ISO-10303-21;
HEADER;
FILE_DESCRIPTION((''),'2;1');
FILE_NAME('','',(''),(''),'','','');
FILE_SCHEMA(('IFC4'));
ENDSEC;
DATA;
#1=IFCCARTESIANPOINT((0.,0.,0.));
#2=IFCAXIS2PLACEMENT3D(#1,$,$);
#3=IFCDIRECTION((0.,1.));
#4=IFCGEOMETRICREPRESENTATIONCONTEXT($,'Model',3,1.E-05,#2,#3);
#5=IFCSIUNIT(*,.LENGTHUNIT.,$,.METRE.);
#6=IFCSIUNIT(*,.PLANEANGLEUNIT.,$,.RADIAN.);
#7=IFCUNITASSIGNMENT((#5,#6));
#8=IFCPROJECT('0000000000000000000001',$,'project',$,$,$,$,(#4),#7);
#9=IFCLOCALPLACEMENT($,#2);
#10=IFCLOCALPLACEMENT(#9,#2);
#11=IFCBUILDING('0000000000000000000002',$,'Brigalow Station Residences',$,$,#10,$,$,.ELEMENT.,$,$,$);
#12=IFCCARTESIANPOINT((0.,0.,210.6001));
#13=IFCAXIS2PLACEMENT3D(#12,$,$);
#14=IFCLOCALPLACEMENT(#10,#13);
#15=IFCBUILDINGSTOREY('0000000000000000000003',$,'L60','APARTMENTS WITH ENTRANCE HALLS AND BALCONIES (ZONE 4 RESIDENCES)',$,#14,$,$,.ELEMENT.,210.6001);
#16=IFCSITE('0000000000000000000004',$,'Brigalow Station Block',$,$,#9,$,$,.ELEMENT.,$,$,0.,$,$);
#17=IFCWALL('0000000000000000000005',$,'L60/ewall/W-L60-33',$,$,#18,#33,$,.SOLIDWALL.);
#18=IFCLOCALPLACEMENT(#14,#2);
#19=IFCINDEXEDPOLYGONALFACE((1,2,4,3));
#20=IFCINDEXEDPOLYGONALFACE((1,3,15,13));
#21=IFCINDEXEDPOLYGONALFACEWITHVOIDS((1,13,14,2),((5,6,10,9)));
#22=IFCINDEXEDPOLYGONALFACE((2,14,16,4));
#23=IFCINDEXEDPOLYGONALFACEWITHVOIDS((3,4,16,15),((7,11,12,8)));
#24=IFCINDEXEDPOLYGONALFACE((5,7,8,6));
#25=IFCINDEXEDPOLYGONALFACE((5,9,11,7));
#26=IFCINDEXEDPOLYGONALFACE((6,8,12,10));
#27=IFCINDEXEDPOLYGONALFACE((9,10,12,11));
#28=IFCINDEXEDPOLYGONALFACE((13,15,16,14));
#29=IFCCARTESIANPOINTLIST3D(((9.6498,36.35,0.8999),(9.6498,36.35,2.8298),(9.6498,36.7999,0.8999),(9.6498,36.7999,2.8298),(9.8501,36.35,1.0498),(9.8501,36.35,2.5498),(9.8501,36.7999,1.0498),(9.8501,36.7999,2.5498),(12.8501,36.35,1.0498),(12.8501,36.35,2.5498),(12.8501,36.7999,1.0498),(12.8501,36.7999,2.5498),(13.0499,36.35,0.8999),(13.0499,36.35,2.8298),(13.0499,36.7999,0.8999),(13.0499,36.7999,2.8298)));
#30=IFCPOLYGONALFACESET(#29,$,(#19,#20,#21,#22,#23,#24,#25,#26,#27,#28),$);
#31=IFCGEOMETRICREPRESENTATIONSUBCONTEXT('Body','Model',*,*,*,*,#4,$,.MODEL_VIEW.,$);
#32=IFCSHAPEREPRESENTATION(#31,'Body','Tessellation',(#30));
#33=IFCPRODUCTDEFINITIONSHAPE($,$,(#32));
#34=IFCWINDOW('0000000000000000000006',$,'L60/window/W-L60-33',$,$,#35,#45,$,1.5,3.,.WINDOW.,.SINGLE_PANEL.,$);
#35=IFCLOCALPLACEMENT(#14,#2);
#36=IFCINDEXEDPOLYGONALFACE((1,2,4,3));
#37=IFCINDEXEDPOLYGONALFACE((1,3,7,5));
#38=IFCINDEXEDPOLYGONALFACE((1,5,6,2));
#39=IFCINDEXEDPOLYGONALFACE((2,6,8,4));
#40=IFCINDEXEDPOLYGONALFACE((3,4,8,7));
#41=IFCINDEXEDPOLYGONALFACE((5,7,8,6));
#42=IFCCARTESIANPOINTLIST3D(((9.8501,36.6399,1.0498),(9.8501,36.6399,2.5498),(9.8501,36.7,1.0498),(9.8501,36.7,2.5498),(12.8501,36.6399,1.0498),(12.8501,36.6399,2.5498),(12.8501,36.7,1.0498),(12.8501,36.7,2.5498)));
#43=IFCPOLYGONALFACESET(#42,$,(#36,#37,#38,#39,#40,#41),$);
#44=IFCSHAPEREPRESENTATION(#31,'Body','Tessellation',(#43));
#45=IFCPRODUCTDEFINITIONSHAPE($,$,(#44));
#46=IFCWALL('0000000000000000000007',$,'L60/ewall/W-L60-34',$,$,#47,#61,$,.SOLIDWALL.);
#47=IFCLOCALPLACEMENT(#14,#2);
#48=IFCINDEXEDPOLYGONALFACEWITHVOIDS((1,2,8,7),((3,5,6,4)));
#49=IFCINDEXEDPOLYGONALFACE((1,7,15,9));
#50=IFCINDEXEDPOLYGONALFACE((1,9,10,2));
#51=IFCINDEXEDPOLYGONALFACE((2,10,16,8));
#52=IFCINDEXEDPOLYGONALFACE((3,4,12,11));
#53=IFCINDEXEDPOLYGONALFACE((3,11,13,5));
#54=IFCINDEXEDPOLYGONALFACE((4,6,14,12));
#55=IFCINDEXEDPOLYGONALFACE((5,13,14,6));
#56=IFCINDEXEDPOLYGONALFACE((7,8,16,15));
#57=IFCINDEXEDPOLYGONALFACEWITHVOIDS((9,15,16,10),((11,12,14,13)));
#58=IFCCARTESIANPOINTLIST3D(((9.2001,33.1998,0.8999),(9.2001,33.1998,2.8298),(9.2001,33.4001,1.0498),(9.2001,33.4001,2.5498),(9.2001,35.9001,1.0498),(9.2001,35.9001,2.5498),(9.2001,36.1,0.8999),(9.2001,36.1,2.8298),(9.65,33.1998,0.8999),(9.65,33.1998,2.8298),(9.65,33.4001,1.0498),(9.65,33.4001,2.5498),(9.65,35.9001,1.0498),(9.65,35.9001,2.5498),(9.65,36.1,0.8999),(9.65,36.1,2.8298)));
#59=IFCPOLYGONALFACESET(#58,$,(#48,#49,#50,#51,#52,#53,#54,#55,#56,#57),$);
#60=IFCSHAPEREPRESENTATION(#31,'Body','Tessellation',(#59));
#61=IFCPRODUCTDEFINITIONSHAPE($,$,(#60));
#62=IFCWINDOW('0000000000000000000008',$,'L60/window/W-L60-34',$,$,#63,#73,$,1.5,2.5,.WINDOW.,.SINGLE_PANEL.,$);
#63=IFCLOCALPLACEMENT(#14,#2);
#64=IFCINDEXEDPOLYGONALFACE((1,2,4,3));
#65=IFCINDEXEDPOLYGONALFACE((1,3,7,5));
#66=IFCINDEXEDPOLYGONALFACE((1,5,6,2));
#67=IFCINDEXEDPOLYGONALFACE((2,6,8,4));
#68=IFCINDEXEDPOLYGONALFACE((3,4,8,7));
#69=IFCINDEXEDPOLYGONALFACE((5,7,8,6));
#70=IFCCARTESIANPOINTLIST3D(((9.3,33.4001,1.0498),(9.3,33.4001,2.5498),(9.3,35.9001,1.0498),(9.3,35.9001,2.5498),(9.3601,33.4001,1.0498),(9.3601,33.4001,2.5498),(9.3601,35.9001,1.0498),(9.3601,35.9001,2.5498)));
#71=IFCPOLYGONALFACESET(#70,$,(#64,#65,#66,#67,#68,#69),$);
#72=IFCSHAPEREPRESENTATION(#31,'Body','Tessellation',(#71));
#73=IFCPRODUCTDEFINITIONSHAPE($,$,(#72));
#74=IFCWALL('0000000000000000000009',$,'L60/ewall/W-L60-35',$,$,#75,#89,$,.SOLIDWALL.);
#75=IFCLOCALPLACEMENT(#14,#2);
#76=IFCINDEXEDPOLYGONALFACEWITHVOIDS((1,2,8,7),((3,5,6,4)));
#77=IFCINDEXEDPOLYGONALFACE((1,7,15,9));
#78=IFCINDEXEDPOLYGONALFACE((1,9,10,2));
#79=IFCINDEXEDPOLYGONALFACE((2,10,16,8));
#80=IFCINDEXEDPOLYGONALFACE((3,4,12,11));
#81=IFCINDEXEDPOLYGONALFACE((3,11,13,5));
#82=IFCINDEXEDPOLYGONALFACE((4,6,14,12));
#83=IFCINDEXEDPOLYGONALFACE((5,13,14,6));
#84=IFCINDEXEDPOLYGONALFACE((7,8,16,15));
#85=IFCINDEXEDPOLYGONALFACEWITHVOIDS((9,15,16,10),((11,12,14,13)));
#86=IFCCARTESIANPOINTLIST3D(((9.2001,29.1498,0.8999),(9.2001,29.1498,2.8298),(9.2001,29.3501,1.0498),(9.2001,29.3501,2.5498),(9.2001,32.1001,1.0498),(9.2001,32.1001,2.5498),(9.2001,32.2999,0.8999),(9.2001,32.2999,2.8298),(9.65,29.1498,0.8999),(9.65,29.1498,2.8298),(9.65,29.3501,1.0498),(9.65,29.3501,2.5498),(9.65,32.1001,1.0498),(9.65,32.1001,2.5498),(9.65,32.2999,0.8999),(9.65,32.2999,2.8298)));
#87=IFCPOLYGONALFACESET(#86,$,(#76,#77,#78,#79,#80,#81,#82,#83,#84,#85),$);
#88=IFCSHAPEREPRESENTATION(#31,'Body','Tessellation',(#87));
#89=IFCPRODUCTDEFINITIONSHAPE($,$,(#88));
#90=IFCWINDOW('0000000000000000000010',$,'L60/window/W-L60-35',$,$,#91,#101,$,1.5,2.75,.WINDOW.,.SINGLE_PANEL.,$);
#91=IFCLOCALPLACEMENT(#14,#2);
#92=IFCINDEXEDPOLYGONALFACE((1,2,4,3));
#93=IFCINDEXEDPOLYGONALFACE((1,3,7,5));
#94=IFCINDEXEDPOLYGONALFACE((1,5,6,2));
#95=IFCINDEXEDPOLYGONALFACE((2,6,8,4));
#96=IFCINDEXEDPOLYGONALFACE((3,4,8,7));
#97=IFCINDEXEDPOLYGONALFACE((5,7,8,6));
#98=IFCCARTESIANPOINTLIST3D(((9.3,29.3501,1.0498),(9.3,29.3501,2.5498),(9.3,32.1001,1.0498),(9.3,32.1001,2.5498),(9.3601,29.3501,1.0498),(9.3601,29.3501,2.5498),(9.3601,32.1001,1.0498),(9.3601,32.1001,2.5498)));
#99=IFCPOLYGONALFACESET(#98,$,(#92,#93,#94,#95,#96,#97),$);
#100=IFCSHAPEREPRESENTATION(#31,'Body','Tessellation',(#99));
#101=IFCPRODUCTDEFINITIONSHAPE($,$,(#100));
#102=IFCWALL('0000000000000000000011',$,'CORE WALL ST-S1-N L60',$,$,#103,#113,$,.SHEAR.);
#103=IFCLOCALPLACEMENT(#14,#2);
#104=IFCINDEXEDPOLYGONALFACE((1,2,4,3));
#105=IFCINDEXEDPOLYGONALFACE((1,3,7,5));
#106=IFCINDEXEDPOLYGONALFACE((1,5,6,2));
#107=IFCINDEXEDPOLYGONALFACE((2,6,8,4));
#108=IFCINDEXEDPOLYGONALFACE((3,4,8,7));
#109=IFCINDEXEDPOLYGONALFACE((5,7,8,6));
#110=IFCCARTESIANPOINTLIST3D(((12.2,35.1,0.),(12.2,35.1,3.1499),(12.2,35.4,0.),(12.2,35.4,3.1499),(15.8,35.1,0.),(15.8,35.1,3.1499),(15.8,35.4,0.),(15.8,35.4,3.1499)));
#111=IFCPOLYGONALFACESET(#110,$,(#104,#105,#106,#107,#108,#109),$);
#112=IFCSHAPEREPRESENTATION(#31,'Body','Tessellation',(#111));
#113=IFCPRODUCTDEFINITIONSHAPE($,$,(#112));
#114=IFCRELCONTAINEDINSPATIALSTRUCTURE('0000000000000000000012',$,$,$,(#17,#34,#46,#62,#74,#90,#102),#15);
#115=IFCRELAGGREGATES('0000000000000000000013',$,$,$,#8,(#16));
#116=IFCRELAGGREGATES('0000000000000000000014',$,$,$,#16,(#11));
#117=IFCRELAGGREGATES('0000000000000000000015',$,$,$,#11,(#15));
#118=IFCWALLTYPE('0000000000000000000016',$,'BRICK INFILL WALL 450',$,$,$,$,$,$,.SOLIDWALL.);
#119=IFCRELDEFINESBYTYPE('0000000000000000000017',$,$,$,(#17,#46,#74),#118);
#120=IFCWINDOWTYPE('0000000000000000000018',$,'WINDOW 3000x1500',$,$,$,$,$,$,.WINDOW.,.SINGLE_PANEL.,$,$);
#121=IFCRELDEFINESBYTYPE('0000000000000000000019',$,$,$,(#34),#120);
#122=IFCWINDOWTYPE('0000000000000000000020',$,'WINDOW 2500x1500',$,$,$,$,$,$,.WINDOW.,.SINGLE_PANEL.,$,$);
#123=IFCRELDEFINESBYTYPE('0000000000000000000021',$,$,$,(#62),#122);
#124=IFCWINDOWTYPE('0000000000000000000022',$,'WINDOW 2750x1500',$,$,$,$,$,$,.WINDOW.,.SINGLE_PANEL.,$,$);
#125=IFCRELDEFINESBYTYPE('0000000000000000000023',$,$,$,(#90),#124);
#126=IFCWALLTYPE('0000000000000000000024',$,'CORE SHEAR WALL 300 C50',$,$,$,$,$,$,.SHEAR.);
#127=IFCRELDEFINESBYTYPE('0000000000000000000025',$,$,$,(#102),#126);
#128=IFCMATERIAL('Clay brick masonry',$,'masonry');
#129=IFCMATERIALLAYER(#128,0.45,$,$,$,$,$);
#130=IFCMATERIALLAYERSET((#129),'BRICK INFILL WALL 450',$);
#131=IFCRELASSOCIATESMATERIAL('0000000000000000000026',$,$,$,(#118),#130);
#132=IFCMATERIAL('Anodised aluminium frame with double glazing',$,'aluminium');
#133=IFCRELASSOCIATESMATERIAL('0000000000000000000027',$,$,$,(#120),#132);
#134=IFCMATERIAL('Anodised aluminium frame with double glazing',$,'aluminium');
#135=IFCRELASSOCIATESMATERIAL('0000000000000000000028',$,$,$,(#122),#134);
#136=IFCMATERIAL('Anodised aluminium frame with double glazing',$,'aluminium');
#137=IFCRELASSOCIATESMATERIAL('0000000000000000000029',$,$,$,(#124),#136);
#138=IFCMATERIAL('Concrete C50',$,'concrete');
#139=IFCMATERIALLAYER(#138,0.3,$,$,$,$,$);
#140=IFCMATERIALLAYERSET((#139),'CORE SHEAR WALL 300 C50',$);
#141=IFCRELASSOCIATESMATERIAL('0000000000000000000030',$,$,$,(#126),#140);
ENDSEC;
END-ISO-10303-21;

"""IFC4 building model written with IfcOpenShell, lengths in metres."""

from ifc_helpers import new_model, si_unit, direction, frame, frame_2d, origin, place, context, subcontext, project, spatial, rectangle, extrude, material, layer, layer_set, type_object, element, fill, save


model = new_model("IFC4")

# Units and contexts
model_context = context("Model", 3, precision=1e-05, world=origin(), true_north=direction((0.0, 1.0)))
body_context = subcontext(model_context, "Body", "Model", "MODEL_VIEW")
ifc_project = project(units=[si_unit("LENGTHUNIT", "METRE"), si_unit("PLANEANGLEUNIT", "RADIAN")], contexts=[model_context])

# Site, building, storey
site_placement = place(None, origin())
site = spatial("IfcSite", under=ifc_project, at=site_placement, Name="Brigalow Station Block", CompositionType="ELEMENT", RefElevation=0.0)
building_placement = place(site_placement, origin())
building = spatial("IfcBuilding", under=site, at=building_placement, Name="Brigalow Station Residences", CompositionType="ELEMENT")
storey_placement = place(building_placement, frame((0.0, 0.0, 210.6001)))
storey = spatial("IfcBuildingStorey", under=building, at=storey_placement, Name="L60", Description="APARTMENTS WITH ENTRANCE HALLS AND BALCONIES (ZONE 4 RESIDENCES)", CompositionType="ELEMENT", Elevation=210.6001)

# Shared definitions
ifc_material_1 = material(Name="Clay brick masonry", Category="masonry")
ifc_layer_1 = layer(ifc_material_1, 0.45)
ifc_layer_set_1 = layer_set([ifc_layer_1], Name="BRICK INFILL WALL 450")
wall_type_1 = type_object("IfcWallType", Name="BRICK INFILL WALL 450", PredefinedType="SOLIDWALL", material=ifc_layer_set_1)

# Walls, openings, windows
wall_1_placement = place(storey_placement, frame((13.05, 36.575, 0.8999), z_axis=(0.0, 0.0, 1.0), x_axis=(-1.0, 0.0, 0.0)))
wall_1 = element("IfcWall", 1, at=wall_1_placement, inside=storey, type_object=wall_type_1, Name="L60/ewall/W-L60-33", PredefinedType="SOLIDWALL", context=body_context, shape_type="SweptSolid", body=[
    extrude(rectangle(XDim=3.4001, YDim=0.45, at=frame_2d((1.7002, 0.0))), origin(), (0.0, 0.0, 1.0), 1.9299),
])
opening_1_placement = place(wall_1_placement, frame((0.2, 0.0, 0.1499)))
opening_1 = element("IfcOpeningElement", 2, at=opening_1_placement, cuts=wall_1, PredefinedType="OPENING", context=body_context, shape_type="SweptSolid", body=[
    extrude(rectangle(XDim=3.0, YDim=1.5, at=frame_2d((1.5, 0.75))), frame((0.0, 0.2349, 0.0), z_axis=(0.0, -1.0, 0.0), x_axis=(1.0, 0.0, 0.0)), (0.0, 0.0, 1.0), 0.47),
])
ifc_material_2 = material(Name="Anodised aluminium frame with double glazing", Category="aluminium")
window_type_1 = type_object("IfcWindowType", Name="WINDOW 3000x1500", PartitioningType="SINGLE_PANEL", PredefinedType="WINDOW", material=ifc_material_2)
window_1_placement = place(opening_1_placement, origin())
window_1 = element("IfcWindow", 3, at=window_1_placement, inside=storey, type_object=window_type_1, Name="L60/window/W-L60-33", OverallHeight=1.5, OverallWidth=3.0, PartitioningType="SINGLE_PANEL", PredefinedType="WINDOW", context=body_context, shape_type="SweptSolid", body=[
    extrude(rectangle(XDim=3.0, YDim=1.5, at=frame_2d((1.5, 0.75))), frame((0.0, -0.0649, 0.0), z_axis=(0.0, -1.0, 0.0), x_axis=(1.0, 0.0, 0.0)), (0.0, 0.0, 1.0), 0.0601),
])
fill(opening_1, window_1)
wall_2_placement = place(storey_placement, frame((9.425, 36.1001, 0.8999), z_axis=(0.0, 0.0, 1.0), x_axis=(0.0, -1.0, 0.0)))
wall_2 = element("IfcWall", 4, at=wall_2_placement, inside=storey, type_object=wall_type_1, Name="L60/ewall/W-L60-34", PredefinedType="SOLIDWALL", context=body_context, shape_type="SweptSolid", body=[
    extrude(rectangle(XDim=2.9001, YDim=0.45, at=frame_2d((1.4502, 0.0))), origin(), (0.0, 0.0, 1.0), 1.9299),
])
opening_2_placement = place(wall_2_placement, frame((0.2, 0.0, 0.1499)))
opening_2 = element("IfcOpeningElement", 5, at=opening_2_placement, cuts=wall_2, PredefinedType="OPENING", context=body_context, shape_type="SweptSolid", body=[
    extrude(rectangle(XDim=2.5, YDim=1.5, at=frame_2d((1.25, 0.75))), frame((0.0, 0.2349, 0.0), z_axis=(0.0, -1.0, 0.0), x_axis=(1.0, 0.0, 0.0)), (0.0, 0.0, 1.0), 0.47),
])
ifc_material_3 = material(Name="Anodised aluminium frame with double glazing", Category="aluminium")
window_type_2 = type_object("IfcWindowType", Name="WINDOW 2500x1500", PartitioningType="SINGLE_PANEL", PredefinedType="WINDOW", material=ifc_material_3)
window_2_placement = place(opening_2_placement, origin())
window_2 = element("IfcWindow", 6, at=window_2_placement, inside=storey, type_object=window_type_2, Name="L60/window/W-L60-34", OverallHeight=1.5, OverallWidth=2.5, PartitioningType="SINGLE_PANEL", PredefinedType="WINDOW", context=body_context, shape_type="SweptSolid", body=[
    extrude(rectangle(XDim=2.5, YDim=1.5, at=frame_2d((1.25, 0.75))), frame((0.0, -0.0649, 0.0), z_axis=(0.0, -1.0, 0.0), x_axis=(1.0, 0.0, 0.0)), (0.0, 0.0, 1.0), 0.0601),
])
fill(opening_2, window_2)
wall_3_placement = place(storey_placement, frame((9.425, 32.3, 0.8999), z_axis=(0.0, 0.0, 1.0), x_axis=(0.0, -1.0, 0.0)))
wall_3 = element("IfcWall", 7, at=wall_3_placement, inside=storey, type_object=wall_type_1, Name="L60/ewall/W-L60-35", PredefinedType="SOLIDWALL", context=body_context, shape_type="SweptSolid", body=[
    extrude(rectangle(XDim=3.1501, YDim=0.45, at=frame_2d((1.5752, 0.0))), origin(), (0.0, 0.0, 1.0), 1.9299),
])
opening_3_placement = place(wall_3_placement, frame((0.2, 0.0, 0.1499)))
opening_3 = element("IfcOpeningElement", 8, at=opening_3_placement, cuts=wall_3, PredefinedType="OPENING", context=body_context, shape_type="SweptSolid", body=[
    extrude(rectangle(XDim=2.75, YDim=1.5, at=frame_2d((1.375, 0.75))), frame((0.0, 0.2349, 0.0), z_axis=(0.0, -1.0, 0.0), x_axis=(1.0, 0.0, 0.0)), (0.0, 0.0, 1.0), 0.47),
])
ifc_material_4 = material(Name="Anodised aluminium frame with double glazing", Category="aluminium")
window_type_3 = type_object("IfcWindowType", Name="WINDOW 2750x1500", PartitioningType="SINGLE_PANEL", PredefinedType="WINDOW", material=ifc_material_4)
window_3_placement = place(opening_3_placement, origin())
window_3 = element("IfcWindow", 9, at=window_3_placement, inside=storey, type_object=window_type_3, Name="L60/window/W-L60-35", OverallHeight=1.5, OverallWidth=2.75, PartitioningType="SINGLE_PANEL", PredefinedType="WINDOW", context=body_context, shape_type="SweptSolid", body=[
    extrude(rectangle(XDim=2.75, YDim=1.5, at=frame_2d((1.375, 0.75))), frame((0.0, -0.0649, 0.0), z_axis=(0.0, -1.0, 0.0), x_axis=(1.0, 0.0, 0.0)), (0.0, 0.0, 1.0), 0.0601),
])
fill(opening_3, window_3)

# Wall
ifc_material_5 = material(Name="Concrete C50", Category="concrete")
ifc_layer_2 = layer(ifc_material_5, 0.3)
ifc_layer_set_2 = layer_set([ifc_layer_2], Name="CORE SHEAR WALL 300 C50")
wall_type_2 = type_object("IfcWallType", Name="CORE SHEAR WALL 300 C50", PredefinedType="SHEAR", material=ifc_layer_set_2)
wall_4_placement = place(storey_placement, frame((12.2, 35.25, 0.0), z_axis=(0.0, 0.0, 1.0), x_axis=(1.0, 0.0, 0.0)))
element("IfcWall", 10, at=wall_4_placement, inside=storey, type_object=wall_type_2, Name="CORE WALL ST-S1-N L60", PredefinedType="SHEAR", context=body_context, shape_type="SweptSolid", body=[
    extrude(rectangle(XDim=3.6001, YDim=0.3, at=frame_2d((1.8, 0.0))), origin(), (0.0, 0.0, 1.0), 3.1499),
])

save(model, "model.ifc")
